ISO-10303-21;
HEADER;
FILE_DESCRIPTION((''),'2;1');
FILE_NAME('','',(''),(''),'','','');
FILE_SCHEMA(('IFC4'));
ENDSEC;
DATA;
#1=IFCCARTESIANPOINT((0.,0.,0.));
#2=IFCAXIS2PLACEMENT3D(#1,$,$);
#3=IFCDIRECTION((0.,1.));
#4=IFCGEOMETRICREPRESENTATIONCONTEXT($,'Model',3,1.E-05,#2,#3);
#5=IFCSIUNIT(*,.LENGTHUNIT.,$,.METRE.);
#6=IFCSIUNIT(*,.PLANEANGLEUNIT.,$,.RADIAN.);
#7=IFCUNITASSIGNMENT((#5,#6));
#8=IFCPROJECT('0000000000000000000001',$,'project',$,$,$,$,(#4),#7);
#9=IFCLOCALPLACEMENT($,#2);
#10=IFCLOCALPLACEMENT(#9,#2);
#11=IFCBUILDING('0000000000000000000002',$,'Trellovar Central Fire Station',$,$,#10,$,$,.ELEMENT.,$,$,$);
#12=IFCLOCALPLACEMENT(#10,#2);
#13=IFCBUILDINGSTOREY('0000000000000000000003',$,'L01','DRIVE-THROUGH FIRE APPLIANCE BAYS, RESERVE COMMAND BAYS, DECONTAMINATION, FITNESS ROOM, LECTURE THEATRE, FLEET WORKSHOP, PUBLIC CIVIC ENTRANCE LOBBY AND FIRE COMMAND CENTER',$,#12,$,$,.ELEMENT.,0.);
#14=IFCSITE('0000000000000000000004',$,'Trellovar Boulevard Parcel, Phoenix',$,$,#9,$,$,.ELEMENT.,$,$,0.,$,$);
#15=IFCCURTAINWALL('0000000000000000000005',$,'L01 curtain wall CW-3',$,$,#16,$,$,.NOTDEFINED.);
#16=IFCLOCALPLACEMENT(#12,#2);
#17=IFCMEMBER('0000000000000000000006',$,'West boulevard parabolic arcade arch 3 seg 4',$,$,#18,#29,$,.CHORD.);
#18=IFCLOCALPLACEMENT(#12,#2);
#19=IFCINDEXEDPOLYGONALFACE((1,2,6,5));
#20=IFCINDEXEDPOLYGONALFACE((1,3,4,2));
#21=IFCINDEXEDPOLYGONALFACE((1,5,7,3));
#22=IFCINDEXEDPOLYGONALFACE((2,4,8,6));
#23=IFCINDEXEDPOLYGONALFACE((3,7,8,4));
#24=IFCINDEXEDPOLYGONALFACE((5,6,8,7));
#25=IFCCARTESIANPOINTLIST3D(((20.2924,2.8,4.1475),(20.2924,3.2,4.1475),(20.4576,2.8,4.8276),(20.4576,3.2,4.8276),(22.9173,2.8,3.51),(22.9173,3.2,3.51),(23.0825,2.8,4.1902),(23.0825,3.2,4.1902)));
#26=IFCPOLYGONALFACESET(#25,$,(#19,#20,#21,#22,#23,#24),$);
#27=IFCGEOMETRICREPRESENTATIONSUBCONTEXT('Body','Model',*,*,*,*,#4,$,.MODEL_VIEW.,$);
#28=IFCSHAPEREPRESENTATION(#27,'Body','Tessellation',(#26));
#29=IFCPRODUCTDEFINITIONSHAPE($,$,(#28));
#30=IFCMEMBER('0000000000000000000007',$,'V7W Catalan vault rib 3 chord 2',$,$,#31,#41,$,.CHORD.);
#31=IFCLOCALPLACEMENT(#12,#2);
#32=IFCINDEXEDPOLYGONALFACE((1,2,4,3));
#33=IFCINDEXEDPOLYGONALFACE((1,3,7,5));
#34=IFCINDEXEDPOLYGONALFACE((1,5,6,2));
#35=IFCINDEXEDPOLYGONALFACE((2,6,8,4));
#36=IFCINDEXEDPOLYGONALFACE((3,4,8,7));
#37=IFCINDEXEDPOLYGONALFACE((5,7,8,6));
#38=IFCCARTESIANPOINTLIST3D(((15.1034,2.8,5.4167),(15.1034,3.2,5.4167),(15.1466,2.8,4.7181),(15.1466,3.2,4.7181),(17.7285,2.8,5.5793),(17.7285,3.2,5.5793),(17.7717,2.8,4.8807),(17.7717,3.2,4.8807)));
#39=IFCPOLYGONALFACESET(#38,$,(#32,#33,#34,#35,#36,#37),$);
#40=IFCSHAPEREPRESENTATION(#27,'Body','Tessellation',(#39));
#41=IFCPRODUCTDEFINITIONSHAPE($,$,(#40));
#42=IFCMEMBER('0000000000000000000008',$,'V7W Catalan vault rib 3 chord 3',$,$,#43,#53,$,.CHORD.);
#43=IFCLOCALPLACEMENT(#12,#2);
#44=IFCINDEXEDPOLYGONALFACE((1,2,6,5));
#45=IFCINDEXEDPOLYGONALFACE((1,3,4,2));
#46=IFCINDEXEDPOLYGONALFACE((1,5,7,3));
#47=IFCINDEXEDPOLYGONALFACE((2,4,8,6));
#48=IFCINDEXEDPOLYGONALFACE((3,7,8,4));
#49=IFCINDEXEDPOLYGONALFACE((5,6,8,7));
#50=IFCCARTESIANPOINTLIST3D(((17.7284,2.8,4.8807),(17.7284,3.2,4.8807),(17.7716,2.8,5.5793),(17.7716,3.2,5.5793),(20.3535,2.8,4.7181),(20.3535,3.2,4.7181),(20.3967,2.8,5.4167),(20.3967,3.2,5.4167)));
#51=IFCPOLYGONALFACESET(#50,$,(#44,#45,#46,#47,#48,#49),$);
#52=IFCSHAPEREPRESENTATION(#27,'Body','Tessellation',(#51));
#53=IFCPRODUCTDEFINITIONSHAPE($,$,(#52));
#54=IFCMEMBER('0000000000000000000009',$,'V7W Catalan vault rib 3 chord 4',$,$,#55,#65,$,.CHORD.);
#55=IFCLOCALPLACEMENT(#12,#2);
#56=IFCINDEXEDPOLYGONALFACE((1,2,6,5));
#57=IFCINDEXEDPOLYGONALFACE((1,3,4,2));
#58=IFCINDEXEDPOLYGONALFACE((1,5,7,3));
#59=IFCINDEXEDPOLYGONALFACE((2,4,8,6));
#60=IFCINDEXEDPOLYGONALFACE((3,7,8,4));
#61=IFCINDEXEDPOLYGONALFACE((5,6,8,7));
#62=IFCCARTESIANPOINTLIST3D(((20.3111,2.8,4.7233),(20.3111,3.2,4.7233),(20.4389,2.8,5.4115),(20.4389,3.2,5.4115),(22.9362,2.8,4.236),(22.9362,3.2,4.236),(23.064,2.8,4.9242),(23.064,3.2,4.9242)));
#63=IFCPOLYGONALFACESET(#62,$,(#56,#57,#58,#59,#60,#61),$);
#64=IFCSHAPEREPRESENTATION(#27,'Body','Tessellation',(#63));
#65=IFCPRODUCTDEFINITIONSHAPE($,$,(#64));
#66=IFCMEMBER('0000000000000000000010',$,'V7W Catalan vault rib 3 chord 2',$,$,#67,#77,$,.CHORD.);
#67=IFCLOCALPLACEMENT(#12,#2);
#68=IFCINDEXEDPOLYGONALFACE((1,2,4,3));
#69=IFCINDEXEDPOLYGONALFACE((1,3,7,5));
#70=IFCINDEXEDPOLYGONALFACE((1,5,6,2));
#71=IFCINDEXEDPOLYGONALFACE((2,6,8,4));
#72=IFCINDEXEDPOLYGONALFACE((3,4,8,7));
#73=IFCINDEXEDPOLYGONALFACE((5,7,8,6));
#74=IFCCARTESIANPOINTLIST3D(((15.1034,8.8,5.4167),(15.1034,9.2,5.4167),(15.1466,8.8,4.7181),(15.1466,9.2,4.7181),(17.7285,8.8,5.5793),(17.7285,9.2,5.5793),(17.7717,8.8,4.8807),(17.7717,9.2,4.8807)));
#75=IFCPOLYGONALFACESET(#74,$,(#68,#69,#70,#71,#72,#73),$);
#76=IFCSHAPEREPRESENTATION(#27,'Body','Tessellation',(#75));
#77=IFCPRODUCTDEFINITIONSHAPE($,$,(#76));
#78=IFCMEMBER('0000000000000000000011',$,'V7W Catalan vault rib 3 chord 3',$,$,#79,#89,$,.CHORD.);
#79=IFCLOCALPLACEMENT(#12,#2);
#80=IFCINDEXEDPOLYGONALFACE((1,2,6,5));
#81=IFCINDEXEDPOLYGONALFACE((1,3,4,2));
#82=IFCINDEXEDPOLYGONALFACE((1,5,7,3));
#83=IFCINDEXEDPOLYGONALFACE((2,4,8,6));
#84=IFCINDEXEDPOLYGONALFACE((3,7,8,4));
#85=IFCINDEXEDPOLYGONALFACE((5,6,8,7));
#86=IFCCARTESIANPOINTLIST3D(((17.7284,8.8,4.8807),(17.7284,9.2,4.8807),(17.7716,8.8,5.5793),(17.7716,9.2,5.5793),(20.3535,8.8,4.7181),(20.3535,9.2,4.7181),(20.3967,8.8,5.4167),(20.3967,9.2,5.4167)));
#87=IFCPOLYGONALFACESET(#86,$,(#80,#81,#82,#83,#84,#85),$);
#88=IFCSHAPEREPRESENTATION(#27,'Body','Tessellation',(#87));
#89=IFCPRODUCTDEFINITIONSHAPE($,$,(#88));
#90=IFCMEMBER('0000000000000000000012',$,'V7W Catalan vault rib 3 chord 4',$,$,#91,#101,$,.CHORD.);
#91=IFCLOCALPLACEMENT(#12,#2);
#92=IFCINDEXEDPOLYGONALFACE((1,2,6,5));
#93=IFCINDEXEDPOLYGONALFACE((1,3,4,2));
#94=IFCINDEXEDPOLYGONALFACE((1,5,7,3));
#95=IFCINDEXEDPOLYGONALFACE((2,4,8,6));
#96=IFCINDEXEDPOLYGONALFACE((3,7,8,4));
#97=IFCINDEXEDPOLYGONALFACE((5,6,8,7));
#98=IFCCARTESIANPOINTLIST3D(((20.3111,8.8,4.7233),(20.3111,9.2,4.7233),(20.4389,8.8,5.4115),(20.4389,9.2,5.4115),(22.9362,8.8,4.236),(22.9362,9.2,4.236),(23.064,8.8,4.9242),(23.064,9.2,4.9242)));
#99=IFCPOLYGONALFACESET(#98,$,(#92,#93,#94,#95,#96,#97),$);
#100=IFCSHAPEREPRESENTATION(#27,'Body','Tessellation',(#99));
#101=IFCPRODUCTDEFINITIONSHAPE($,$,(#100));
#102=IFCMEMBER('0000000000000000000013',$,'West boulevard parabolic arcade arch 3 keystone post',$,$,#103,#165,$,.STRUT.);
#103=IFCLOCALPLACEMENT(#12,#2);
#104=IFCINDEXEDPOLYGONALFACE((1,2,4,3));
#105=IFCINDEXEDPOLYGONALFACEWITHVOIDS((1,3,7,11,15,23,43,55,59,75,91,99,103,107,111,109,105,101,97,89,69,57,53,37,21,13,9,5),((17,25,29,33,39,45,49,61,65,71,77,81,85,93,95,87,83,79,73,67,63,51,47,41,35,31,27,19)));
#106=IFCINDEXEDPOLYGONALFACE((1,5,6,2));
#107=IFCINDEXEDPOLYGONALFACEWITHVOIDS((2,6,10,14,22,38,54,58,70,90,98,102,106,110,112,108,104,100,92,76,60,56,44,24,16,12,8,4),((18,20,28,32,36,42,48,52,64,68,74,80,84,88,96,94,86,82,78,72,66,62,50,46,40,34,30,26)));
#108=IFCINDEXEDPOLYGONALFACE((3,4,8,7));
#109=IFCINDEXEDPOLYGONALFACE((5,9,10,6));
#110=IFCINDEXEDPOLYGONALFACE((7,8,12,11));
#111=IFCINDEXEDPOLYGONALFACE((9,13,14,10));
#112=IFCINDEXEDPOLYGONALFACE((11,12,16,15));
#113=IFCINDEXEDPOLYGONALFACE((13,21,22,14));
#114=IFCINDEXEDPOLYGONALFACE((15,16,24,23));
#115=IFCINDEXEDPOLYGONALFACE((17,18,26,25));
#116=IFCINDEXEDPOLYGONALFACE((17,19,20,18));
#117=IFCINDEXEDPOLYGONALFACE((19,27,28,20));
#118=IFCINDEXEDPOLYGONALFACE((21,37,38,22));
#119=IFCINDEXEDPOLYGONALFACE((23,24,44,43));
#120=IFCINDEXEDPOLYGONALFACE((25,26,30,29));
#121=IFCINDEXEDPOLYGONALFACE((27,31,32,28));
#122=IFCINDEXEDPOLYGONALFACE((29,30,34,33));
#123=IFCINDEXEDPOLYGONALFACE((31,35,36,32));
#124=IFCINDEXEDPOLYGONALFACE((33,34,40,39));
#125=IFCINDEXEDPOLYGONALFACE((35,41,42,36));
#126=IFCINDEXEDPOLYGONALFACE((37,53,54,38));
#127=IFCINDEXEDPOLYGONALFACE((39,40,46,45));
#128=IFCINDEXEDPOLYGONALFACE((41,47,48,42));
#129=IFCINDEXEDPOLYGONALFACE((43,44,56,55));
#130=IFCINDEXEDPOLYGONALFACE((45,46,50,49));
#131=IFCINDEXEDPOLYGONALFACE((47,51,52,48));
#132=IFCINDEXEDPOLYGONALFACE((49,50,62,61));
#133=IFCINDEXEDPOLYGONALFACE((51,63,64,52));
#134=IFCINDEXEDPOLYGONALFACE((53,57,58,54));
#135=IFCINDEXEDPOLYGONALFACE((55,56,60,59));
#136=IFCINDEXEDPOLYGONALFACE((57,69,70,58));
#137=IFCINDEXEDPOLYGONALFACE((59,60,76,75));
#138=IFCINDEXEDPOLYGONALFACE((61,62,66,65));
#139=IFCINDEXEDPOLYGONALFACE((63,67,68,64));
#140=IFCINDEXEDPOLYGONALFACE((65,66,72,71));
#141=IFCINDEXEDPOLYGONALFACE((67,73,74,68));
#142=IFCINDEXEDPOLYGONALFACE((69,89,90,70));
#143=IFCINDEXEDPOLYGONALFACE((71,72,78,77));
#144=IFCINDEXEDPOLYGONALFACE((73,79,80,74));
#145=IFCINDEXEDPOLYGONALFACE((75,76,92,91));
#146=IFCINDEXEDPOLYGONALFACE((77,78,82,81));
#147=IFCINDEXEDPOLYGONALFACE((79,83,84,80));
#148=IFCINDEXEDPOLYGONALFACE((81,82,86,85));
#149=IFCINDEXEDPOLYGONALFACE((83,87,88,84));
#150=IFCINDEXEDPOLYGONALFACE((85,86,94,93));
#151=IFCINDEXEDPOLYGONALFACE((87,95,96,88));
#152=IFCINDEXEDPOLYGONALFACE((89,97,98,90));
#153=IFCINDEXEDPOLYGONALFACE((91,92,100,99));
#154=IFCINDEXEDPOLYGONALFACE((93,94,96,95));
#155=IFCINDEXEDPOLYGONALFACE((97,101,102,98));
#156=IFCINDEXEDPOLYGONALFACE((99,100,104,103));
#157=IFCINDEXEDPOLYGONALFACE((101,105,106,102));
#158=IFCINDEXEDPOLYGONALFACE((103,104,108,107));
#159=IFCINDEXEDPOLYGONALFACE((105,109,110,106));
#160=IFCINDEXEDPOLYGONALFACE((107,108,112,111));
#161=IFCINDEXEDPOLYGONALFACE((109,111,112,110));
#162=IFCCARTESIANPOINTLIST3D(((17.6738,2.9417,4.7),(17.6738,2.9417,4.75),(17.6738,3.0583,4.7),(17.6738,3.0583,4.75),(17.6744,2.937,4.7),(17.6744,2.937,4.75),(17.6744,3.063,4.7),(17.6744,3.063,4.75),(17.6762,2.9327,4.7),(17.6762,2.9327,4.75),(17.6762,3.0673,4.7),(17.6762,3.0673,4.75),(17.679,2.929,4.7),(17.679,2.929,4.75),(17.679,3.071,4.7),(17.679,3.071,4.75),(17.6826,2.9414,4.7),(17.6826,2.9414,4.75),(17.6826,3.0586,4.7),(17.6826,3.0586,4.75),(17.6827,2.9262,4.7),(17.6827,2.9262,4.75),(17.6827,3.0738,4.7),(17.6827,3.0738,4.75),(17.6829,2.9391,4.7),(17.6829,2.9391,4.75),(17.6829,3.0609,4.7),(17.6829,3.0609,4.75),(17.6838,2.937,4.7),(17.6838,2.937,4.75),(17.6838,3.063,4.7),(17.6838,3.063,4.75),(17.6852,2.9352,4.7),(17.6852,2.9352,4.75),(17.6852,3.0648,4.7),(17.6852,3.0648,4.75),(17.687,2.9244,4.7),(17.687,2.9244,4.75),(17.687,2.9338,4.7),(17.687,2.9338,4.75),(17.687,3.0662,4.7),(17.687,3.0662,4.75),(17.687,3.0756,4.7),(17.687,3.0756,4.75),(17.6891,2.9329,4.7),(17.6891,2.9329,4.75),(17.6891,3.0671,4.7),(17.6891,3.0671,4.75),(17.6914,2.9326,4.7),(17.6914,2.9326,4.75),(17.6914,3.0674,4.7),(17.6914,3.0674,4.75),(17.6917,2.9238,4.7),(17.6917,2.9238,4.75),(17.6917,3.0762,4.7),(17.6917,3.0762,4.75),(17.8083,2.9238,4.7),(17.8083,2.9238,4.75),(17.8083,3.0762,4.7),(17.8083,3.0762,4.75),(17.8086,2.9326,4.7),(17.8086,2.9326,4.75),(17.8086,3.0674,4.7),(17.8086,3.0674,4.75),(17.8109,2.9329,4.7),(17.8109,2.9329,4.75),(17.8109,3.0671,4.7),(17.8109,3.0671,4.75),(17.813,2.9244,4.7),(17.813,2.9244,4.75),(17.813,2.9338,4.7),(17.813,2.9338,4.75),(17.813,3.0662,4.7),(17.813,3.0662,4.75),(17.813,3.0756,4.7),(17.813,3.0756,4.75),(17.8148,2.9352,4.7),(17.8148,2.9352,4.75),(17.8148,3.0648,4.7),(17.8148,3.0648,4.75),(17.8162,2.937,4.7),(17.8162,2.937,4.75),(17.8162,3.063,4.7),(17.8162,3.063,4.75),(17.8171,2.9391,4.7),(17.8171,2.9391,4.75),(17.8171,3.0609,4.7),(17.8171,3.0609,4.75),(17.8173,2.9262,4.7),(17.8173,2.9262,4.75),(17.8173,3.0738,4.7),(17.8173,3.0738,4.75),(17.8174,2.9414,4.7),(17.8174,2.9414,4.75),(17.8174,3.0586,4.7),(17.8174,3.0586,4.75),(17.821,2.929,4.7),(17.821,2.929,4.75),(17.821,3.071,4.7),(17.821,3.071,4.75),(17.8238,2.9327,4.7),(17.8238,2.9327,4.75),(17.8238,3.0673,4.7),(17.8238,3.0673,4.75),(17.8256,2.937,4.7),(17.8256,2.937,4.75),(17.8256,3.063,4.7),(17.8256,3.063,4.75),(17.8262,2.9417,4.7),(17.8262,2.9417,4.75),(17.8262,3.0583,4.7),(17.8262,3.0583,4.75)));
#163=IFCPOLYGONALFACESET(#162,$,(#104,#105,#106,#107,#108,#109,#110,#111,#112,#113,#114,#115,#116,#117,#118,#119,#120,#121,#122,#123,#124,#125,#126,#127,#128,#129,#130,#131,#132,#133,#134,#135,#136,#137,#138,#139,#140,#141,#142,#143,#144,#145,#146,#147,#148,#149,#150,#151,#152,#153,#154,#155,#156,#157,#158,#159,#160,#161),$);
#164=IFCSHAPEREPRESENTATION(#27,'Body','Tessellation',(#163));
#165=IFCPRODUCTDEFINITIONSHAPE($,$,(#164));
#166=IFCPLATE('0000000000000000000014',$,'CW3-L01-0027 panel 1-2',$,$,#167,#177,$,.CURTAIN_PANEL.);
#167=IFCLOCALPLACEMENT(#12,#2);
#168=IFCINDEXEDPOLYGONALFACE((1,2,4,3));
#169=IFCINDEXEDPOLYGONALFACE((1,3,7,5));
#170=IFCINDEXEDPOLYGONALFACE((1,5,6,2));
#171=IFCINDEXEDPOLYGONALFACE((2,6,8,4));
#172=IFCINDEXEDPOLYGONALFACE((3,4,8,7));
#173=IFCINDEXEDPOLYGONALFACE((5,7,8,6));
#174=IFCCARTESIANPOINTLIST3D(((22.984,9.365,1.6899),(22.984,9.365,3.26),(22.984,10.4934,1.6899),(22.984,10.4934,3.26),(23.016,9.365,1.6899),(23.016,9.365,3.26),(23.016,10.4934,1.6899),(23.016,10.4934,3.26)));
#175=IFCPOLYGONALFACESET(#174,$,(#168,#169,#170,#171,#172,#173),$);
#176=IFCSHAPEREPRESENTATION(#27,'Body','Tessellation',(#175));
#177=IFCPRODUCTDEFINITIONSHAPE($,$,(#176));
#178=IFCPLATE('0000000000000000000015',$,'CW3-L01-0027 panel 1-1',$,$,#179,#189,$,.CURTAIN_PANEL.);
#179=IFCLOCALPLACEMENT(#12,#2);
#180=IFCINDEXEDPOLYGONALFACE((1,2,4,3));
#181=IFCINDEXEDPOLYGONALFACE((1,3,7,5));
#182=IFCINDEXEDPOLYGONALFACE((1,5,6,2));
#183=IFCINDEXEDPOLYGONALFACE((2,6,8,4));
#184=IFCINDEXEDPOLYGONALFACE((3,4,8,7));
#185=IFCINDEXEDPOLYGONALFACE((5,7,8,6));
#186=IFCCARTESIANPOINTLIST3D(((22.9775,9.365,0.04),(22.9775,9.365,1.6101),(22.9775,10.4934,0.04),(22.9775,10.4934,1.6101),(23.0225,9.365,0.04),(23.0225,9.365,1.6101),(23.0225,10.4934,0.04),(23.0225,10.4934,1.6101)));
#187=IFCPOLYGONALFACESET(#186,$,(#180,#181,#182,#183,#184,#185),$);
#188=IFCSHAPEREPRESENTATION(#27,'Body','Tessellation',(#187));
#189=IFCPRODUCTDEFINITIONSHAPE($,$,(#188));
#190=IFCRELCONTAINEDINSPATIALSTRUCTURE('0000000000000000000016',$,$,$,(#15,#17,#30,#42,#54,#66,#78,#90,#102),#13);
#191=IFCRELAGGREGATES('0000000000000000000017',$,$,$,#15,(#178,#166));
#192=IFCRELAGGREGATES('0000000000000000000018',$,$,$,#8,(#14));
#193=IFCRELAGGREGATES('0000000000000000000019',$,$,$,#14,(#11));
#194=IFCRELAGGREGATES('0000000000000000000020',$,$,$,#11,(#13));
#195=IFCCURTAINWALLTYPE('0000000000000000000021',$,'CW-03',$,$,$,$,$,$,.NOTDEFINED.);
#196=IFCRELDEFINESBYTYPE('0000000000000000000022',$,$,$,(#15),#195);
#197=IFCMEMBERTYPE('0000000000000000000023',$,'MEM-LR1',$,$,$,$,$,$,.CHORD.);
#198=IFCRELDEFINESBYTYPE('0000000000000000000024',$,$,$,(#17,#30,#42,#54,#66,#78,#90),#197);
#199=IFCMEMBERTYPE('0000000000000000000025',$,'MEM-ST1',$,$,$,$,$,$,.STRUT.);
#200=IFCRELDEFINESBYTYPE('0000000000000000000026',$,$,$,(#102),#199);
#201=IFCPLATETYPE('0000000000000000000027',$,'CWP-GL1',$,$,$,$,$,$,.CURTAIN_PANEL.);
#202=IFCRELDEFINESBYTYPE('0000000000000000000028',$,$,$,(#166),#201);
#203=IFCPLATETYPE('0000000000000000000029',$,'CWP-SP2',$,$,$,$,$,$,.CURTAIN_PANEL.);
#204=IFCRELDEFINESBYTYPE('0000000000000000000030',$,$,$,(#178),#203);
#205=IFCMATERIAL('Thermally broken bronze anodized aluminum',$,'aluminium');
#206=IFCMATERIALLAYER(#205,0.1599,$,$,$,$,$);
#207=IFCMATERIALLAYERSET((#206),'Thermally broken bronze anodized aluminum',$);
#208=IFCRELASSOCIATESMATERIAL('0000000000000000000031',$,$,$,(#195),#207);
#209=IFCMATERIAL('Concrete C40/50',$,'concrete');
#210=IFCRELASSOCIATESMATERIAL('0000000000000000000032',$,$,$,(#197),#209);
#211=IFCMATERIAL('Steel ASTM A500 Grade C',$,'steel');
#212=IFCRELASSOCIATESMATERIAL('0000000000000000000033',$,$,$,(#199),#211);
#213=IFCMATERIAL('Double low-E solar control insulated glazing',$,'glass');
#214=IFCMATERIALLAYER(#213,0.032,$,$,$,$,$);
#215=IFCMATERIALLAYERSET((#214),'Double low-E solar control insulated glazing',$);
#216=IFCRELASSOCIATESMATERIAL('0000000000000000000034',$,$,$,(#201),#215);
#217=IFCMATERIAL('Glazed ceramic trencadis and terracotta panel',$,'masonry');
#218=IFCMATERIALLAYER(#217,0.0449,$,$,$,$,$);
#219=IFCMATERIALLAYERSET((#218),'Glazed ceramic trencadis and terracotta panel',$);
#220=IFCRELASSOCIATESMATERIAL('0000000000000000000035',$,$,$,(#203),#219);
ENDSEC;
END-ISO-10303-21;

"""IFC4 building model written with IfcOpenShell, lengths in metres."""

from ifc_helpers import new_model, si_unit, direction, frame, origin, origin_2d, place, context, subcontext, project, spatial, rectangle, hollow_rectangle, extrude, material, layer, layer_set, material_profile, profile_set, type_object, element, aggregate, save


model = new_model("IFC4")

# Units and contexts
model_context = context("Model", 3, precision=1e-05, world=origin(), true_north=direction((0.0, 1.0)))
body_context = subcontext(model_context, "Body", "Model", "MODEL_VIEW")
ifc_project = project(units=[si_unit("LENGTHUNIT", "METRE"), si_unit("PLANEANGLEUNIT", "RADIAN")], contexts=[model_context])

# Site, building, storey
site_placement = place(None, origin())
site = spatial("IfcSite", under=ifc_project, at=site_placement, Name="Trellovar Boulevard Parcel, Phoenix", CompositionType="ELEMENT", RefElevation=0.0)
building_placement = place(site_placement, origin())
building = spatial("IfcBuilding", under=site, at=building_placement, Name="Trellovar Central Fire Station", CompositionType="ELEMENT")
storey_placement = place(building_placement, origin())
storey = spatial("IfcBuildingStorey", under=building, at=storey_placement, Name="L01", Description="DRIVE-THROUGH FIRE APPLIANCE BAYS, RESERVE COMMAND BAYS, DECONTAMINATION, FITNESS ROOM, LECTURE THEATRE, FLEET WORKSHOP, PUBLIC CIVIC ENTRANCE LOBBY AND FIRE COMMAND CENTER", CompositionType="ELEMENT", Elevation=0.0)

# Curtain wall
ifc_material_1 = material(Name="Thermally broken bronze anodized aluminum", Category="aluminium")
ifc_layer_1 = layer(ifc_material_1, 0.1599)
ifc_layer_set_1 = layer_set([ifc_layer_1], Name="Thermally broken bronze anodized aluminum")
curtain_wall_type = type_object("IfcCurtainWallType", Name="CW-03", PredefinedType="NOTDEFINED", material=ifc_layer_set_1)
curtain_wall_placement = place(storey_placement, origin())
curtain_wall = element("IfcCurtainWall", 1, at=curtain_wall_placement, inside=storey, type_object=curtain_wall_type, Name="L01 curtain wall CW-3", PredefinedType="NOTDEFINED")

# Members
ifc_material_2 = material(Name="Concrete C40/50", Category="concrete")
ifc_material_profile_1 = material_profile(ifc_material_2, rectangle(XDim=0.3999, YDim=0.7, at=origin_2d()), Name="RC400X700")
ifc_profile_set_1 = profile_set([ifc_material_profile_1], Name="Concrete C40/50")
member_type_1 = type_object("IfcMemberType", Name="MEM-LR1", PredefinedType="CHORD", material=ifc_profile_set_1)
member_1_placement = place(storey_placement, frame((20.375, 3.0, 4.4875), z_axis=(0.971758, 0.0, -0.23598), x_axis=(0.0, 1.0, 0.0)))
element("IfcMember", 2, at=member_1_placement, inside=storey, type_object=member_type_1, Name="West boulevard parabolic arcade arch 3 seg 4", PredefinedType="CHORD", context=body_context, shape_type="SweptSolid", body=[
    extrude(rectangle(XDim=0.3999, YDim=0.7, at=origin_2d()), origin(), (0.0, 0.0, 1.0), 2.7012),
])
for number, where, z_axis, x_axis, name in (
    (3, (15.125, 3.0, 5.0674), (0.998087, 0.0, 0.061823), (0.0, 1.0, 0.0), "V7W Catalan vault rib 3 chord 2"),
    (4, (17.75, 3.0, 5.23), (0.998087, 0.0, -0.061823), (0.0, 1.0, 0.0), "V7W Catalan vault rib 3 chord 3"),
):
    element("IfcMember", number, at=place(storey_placement, frame(where, z_axis=z_axis, x_axis=x_axis)), inside=storey, type_object=member_type_1, Name=name, PredefinedType="CHORD", context=body_context, shape_type="SweptSolid", body=[
        extrude(rectangle(XDim=0.3999, YDim=0.7, at=origin_2d()), origin(), (0.0, 0.0, 1.0), 2.6301),
    ])
member_2_placement = place(storey_placement, frame((20.375, 3.0, 5.0674), z_axis=(0.983202, 0.0, -0.182521), x_axis=(0.0, 1.0, 0.0)))
element("IfcMember", 5, at=member_2_placement, inside=storey, type_object=member_type_1, Name="V7W Catalan vault rib 3 chord 4", PredefinedType="CHORD", context=body_context, shape_type="SweptSolid", body=[
    extrude(rectangle(XDim=0.3999, YDim=0.7, at=origin_2d()), origin(), (0.0, 0.0, 1.0), 2.6699),
])
for number, where, z_axis, x_axis, name in (
    (6, (15.125, 9.0, 5.0674), (0.998087, 0.0, 0.061823), (0.0, 1.0, 0.0), "V7W Catalan vault rib 3 chord 2"),
    (7, (17.75, 9.0, 5.23), (0.998087, 0.0, -0.061823), (0.0, 1.0, 0.0), "V7W Catalan vault rib 3 chord 3"),
):
    element("IfcMember", number, at=place(storey_placement, frame(where, z_axis=z_axis, x_axis=x_axis)), inside=storey, type_object=member_type_1, Name=name, PredefinedType="CHORD", context=body_context, shape_type="SweptSolid", body=[
        extrude(rectangle(XDim=0.3999, YDim=0.7, at=origin_2d()), origin(), (0.0, 0.0, 1.0), 2.6301),
    ])
member_3_placement = place(storey_placement, frame((20.375, 9.0, 5.0674), z_axis=(0.983202, 0.0, -0.182521), x_axis=(0.0, 1.0, 0.0)))
element("IfcMember", 8, at=member_3_placement, inside=storey, type_object=member_type_1, Name="V7W Catalan vault rib 3 chord 4", PredefinedType="CHORD", context=body_context, shape_type="SweptSolid", body=[
    extrude(rectangle(XDim=0.3999, YDim=0.7, at=origin_2d()), origin(), (0.0, 0.0, 1.0), 2.6699),
])
ifc_material_3 = material(Name="Steel ASTM A500 Grade C", Category="steel")
ifc_material_profile_2 = material_profile(ifc_material_3, hollow_rectangle(XDim=0.1523, YDim=0.1523, WallThickness=0.0088, InnerFilletRadius=0.0088, OuterFilletRadius=0.0178, at=origin_2d()), Name="HSS6X6X3/8")
ifc_profile_set_2 = profile_set([ifc_material_profile_2], Name="Steel ASTM A500 Grade C")
member_type_2 = type_object("IfcMemberType", Name="MEM-ST1", PredefinedType="STRUT", material=ifc_profile_set_2)
member_4_placement = place(storey_placement, frame((17.75, 3.0, 4.75), z_axis=(0.0, 0.0, -1.0), x_axis=(1.0, 0.0, 0.0)))
element("IfcMember", 9, at=member_4_placement, inside=storey, type_object=member_type_2, Name="West boulevard parabolic arcade arch 3 keystone post", PredefinedType="STRUT", context=body_context, shape_type="SweptSolid", body=[
    extrude(hollow_rectangle(XDim=0.1523, YDim=0.1523, WallThickness=0.0088, InnerFilletRadius=0.0088, OuterFilletRadius=0.0178, at=origin_2d()), origin(), (0.0, 0.0, 1.0), 0.05),
])

# Plates
ifc_material_4 = material(Name="Double low-E solar control insulated glazing", Category="glass")
ifc_layer_2 = layer(ifc_material_4, 0.032)
ifc_layer_set_2 = layer_set([ifc_layer_2], Name="Double low-E solar control insulated glazing")
plate_type_1 = type_object("IfcPlateType", Name="CWP-GL1", PredefinedType="CURTAIN_PANEL", material=ifc_layer_set_2)
plate_1_placement = place(storey_placement, frame((23.0, 9.9292, 1.6899), z_axis=(0.0, 0.0, 1.0), x_axis=(0.0, 1.0, 0.0)))
plate_1 = element("IfcPlate", 10, at=plate_1_placement, type_object=plate_type_1, Name="CW3-L01-0027 panel 1-2", PredefinedType="CURTAIN_PANEL", context=body_context, shape_type="SweptSolid", body=[
    extrude(rectangle(XDim=1.1284, YDim=0.032, at=origin_2d()), origin(), (0.0, 0.0, 1.0), 1.5701),
])
ifc_material_5 = material(Name="Glazed ceramic trencadis and terracotta panel", Category="masonry")
ifc_layer_3 = layer(ifc_material_5, 0.0449)
ifc_layer_set_3 = layer_set([ifc_layer_3], Name="Glazed ceramic trencadis and terracotta panel")
plate_type_2 = type_object("IfcPlateType", Name="CWP-SP2", PredefinedType="CURTAIN_PANEL", material=ifc_layer_set_3)
plate_2_placement = place(storey_placement, frame((23.0, 9.9292, 0.04), z_axis=(0.0, 0.0, 1.0), x_axis=(0.0, 1.0, 0.0)))
plate_2 = element("IfcPlate", 11, at=plate_2_placement, type_object=plate_type_2, Name="CW3-L01-0027 panel 1-1", PredefinedType="CURTAIN_PANEL", context=body_context, shape_type="SweptSolid", body=[
    extrude(rectangle(XDim=1.1284, YDim=0.0449, at=origin_2d()), origin(), (0.0, 0.0, 1.0), 1.5701),
])
aggregate(curtain_wall, [plate_2, plate_1])

save(model, "model.ifc")
